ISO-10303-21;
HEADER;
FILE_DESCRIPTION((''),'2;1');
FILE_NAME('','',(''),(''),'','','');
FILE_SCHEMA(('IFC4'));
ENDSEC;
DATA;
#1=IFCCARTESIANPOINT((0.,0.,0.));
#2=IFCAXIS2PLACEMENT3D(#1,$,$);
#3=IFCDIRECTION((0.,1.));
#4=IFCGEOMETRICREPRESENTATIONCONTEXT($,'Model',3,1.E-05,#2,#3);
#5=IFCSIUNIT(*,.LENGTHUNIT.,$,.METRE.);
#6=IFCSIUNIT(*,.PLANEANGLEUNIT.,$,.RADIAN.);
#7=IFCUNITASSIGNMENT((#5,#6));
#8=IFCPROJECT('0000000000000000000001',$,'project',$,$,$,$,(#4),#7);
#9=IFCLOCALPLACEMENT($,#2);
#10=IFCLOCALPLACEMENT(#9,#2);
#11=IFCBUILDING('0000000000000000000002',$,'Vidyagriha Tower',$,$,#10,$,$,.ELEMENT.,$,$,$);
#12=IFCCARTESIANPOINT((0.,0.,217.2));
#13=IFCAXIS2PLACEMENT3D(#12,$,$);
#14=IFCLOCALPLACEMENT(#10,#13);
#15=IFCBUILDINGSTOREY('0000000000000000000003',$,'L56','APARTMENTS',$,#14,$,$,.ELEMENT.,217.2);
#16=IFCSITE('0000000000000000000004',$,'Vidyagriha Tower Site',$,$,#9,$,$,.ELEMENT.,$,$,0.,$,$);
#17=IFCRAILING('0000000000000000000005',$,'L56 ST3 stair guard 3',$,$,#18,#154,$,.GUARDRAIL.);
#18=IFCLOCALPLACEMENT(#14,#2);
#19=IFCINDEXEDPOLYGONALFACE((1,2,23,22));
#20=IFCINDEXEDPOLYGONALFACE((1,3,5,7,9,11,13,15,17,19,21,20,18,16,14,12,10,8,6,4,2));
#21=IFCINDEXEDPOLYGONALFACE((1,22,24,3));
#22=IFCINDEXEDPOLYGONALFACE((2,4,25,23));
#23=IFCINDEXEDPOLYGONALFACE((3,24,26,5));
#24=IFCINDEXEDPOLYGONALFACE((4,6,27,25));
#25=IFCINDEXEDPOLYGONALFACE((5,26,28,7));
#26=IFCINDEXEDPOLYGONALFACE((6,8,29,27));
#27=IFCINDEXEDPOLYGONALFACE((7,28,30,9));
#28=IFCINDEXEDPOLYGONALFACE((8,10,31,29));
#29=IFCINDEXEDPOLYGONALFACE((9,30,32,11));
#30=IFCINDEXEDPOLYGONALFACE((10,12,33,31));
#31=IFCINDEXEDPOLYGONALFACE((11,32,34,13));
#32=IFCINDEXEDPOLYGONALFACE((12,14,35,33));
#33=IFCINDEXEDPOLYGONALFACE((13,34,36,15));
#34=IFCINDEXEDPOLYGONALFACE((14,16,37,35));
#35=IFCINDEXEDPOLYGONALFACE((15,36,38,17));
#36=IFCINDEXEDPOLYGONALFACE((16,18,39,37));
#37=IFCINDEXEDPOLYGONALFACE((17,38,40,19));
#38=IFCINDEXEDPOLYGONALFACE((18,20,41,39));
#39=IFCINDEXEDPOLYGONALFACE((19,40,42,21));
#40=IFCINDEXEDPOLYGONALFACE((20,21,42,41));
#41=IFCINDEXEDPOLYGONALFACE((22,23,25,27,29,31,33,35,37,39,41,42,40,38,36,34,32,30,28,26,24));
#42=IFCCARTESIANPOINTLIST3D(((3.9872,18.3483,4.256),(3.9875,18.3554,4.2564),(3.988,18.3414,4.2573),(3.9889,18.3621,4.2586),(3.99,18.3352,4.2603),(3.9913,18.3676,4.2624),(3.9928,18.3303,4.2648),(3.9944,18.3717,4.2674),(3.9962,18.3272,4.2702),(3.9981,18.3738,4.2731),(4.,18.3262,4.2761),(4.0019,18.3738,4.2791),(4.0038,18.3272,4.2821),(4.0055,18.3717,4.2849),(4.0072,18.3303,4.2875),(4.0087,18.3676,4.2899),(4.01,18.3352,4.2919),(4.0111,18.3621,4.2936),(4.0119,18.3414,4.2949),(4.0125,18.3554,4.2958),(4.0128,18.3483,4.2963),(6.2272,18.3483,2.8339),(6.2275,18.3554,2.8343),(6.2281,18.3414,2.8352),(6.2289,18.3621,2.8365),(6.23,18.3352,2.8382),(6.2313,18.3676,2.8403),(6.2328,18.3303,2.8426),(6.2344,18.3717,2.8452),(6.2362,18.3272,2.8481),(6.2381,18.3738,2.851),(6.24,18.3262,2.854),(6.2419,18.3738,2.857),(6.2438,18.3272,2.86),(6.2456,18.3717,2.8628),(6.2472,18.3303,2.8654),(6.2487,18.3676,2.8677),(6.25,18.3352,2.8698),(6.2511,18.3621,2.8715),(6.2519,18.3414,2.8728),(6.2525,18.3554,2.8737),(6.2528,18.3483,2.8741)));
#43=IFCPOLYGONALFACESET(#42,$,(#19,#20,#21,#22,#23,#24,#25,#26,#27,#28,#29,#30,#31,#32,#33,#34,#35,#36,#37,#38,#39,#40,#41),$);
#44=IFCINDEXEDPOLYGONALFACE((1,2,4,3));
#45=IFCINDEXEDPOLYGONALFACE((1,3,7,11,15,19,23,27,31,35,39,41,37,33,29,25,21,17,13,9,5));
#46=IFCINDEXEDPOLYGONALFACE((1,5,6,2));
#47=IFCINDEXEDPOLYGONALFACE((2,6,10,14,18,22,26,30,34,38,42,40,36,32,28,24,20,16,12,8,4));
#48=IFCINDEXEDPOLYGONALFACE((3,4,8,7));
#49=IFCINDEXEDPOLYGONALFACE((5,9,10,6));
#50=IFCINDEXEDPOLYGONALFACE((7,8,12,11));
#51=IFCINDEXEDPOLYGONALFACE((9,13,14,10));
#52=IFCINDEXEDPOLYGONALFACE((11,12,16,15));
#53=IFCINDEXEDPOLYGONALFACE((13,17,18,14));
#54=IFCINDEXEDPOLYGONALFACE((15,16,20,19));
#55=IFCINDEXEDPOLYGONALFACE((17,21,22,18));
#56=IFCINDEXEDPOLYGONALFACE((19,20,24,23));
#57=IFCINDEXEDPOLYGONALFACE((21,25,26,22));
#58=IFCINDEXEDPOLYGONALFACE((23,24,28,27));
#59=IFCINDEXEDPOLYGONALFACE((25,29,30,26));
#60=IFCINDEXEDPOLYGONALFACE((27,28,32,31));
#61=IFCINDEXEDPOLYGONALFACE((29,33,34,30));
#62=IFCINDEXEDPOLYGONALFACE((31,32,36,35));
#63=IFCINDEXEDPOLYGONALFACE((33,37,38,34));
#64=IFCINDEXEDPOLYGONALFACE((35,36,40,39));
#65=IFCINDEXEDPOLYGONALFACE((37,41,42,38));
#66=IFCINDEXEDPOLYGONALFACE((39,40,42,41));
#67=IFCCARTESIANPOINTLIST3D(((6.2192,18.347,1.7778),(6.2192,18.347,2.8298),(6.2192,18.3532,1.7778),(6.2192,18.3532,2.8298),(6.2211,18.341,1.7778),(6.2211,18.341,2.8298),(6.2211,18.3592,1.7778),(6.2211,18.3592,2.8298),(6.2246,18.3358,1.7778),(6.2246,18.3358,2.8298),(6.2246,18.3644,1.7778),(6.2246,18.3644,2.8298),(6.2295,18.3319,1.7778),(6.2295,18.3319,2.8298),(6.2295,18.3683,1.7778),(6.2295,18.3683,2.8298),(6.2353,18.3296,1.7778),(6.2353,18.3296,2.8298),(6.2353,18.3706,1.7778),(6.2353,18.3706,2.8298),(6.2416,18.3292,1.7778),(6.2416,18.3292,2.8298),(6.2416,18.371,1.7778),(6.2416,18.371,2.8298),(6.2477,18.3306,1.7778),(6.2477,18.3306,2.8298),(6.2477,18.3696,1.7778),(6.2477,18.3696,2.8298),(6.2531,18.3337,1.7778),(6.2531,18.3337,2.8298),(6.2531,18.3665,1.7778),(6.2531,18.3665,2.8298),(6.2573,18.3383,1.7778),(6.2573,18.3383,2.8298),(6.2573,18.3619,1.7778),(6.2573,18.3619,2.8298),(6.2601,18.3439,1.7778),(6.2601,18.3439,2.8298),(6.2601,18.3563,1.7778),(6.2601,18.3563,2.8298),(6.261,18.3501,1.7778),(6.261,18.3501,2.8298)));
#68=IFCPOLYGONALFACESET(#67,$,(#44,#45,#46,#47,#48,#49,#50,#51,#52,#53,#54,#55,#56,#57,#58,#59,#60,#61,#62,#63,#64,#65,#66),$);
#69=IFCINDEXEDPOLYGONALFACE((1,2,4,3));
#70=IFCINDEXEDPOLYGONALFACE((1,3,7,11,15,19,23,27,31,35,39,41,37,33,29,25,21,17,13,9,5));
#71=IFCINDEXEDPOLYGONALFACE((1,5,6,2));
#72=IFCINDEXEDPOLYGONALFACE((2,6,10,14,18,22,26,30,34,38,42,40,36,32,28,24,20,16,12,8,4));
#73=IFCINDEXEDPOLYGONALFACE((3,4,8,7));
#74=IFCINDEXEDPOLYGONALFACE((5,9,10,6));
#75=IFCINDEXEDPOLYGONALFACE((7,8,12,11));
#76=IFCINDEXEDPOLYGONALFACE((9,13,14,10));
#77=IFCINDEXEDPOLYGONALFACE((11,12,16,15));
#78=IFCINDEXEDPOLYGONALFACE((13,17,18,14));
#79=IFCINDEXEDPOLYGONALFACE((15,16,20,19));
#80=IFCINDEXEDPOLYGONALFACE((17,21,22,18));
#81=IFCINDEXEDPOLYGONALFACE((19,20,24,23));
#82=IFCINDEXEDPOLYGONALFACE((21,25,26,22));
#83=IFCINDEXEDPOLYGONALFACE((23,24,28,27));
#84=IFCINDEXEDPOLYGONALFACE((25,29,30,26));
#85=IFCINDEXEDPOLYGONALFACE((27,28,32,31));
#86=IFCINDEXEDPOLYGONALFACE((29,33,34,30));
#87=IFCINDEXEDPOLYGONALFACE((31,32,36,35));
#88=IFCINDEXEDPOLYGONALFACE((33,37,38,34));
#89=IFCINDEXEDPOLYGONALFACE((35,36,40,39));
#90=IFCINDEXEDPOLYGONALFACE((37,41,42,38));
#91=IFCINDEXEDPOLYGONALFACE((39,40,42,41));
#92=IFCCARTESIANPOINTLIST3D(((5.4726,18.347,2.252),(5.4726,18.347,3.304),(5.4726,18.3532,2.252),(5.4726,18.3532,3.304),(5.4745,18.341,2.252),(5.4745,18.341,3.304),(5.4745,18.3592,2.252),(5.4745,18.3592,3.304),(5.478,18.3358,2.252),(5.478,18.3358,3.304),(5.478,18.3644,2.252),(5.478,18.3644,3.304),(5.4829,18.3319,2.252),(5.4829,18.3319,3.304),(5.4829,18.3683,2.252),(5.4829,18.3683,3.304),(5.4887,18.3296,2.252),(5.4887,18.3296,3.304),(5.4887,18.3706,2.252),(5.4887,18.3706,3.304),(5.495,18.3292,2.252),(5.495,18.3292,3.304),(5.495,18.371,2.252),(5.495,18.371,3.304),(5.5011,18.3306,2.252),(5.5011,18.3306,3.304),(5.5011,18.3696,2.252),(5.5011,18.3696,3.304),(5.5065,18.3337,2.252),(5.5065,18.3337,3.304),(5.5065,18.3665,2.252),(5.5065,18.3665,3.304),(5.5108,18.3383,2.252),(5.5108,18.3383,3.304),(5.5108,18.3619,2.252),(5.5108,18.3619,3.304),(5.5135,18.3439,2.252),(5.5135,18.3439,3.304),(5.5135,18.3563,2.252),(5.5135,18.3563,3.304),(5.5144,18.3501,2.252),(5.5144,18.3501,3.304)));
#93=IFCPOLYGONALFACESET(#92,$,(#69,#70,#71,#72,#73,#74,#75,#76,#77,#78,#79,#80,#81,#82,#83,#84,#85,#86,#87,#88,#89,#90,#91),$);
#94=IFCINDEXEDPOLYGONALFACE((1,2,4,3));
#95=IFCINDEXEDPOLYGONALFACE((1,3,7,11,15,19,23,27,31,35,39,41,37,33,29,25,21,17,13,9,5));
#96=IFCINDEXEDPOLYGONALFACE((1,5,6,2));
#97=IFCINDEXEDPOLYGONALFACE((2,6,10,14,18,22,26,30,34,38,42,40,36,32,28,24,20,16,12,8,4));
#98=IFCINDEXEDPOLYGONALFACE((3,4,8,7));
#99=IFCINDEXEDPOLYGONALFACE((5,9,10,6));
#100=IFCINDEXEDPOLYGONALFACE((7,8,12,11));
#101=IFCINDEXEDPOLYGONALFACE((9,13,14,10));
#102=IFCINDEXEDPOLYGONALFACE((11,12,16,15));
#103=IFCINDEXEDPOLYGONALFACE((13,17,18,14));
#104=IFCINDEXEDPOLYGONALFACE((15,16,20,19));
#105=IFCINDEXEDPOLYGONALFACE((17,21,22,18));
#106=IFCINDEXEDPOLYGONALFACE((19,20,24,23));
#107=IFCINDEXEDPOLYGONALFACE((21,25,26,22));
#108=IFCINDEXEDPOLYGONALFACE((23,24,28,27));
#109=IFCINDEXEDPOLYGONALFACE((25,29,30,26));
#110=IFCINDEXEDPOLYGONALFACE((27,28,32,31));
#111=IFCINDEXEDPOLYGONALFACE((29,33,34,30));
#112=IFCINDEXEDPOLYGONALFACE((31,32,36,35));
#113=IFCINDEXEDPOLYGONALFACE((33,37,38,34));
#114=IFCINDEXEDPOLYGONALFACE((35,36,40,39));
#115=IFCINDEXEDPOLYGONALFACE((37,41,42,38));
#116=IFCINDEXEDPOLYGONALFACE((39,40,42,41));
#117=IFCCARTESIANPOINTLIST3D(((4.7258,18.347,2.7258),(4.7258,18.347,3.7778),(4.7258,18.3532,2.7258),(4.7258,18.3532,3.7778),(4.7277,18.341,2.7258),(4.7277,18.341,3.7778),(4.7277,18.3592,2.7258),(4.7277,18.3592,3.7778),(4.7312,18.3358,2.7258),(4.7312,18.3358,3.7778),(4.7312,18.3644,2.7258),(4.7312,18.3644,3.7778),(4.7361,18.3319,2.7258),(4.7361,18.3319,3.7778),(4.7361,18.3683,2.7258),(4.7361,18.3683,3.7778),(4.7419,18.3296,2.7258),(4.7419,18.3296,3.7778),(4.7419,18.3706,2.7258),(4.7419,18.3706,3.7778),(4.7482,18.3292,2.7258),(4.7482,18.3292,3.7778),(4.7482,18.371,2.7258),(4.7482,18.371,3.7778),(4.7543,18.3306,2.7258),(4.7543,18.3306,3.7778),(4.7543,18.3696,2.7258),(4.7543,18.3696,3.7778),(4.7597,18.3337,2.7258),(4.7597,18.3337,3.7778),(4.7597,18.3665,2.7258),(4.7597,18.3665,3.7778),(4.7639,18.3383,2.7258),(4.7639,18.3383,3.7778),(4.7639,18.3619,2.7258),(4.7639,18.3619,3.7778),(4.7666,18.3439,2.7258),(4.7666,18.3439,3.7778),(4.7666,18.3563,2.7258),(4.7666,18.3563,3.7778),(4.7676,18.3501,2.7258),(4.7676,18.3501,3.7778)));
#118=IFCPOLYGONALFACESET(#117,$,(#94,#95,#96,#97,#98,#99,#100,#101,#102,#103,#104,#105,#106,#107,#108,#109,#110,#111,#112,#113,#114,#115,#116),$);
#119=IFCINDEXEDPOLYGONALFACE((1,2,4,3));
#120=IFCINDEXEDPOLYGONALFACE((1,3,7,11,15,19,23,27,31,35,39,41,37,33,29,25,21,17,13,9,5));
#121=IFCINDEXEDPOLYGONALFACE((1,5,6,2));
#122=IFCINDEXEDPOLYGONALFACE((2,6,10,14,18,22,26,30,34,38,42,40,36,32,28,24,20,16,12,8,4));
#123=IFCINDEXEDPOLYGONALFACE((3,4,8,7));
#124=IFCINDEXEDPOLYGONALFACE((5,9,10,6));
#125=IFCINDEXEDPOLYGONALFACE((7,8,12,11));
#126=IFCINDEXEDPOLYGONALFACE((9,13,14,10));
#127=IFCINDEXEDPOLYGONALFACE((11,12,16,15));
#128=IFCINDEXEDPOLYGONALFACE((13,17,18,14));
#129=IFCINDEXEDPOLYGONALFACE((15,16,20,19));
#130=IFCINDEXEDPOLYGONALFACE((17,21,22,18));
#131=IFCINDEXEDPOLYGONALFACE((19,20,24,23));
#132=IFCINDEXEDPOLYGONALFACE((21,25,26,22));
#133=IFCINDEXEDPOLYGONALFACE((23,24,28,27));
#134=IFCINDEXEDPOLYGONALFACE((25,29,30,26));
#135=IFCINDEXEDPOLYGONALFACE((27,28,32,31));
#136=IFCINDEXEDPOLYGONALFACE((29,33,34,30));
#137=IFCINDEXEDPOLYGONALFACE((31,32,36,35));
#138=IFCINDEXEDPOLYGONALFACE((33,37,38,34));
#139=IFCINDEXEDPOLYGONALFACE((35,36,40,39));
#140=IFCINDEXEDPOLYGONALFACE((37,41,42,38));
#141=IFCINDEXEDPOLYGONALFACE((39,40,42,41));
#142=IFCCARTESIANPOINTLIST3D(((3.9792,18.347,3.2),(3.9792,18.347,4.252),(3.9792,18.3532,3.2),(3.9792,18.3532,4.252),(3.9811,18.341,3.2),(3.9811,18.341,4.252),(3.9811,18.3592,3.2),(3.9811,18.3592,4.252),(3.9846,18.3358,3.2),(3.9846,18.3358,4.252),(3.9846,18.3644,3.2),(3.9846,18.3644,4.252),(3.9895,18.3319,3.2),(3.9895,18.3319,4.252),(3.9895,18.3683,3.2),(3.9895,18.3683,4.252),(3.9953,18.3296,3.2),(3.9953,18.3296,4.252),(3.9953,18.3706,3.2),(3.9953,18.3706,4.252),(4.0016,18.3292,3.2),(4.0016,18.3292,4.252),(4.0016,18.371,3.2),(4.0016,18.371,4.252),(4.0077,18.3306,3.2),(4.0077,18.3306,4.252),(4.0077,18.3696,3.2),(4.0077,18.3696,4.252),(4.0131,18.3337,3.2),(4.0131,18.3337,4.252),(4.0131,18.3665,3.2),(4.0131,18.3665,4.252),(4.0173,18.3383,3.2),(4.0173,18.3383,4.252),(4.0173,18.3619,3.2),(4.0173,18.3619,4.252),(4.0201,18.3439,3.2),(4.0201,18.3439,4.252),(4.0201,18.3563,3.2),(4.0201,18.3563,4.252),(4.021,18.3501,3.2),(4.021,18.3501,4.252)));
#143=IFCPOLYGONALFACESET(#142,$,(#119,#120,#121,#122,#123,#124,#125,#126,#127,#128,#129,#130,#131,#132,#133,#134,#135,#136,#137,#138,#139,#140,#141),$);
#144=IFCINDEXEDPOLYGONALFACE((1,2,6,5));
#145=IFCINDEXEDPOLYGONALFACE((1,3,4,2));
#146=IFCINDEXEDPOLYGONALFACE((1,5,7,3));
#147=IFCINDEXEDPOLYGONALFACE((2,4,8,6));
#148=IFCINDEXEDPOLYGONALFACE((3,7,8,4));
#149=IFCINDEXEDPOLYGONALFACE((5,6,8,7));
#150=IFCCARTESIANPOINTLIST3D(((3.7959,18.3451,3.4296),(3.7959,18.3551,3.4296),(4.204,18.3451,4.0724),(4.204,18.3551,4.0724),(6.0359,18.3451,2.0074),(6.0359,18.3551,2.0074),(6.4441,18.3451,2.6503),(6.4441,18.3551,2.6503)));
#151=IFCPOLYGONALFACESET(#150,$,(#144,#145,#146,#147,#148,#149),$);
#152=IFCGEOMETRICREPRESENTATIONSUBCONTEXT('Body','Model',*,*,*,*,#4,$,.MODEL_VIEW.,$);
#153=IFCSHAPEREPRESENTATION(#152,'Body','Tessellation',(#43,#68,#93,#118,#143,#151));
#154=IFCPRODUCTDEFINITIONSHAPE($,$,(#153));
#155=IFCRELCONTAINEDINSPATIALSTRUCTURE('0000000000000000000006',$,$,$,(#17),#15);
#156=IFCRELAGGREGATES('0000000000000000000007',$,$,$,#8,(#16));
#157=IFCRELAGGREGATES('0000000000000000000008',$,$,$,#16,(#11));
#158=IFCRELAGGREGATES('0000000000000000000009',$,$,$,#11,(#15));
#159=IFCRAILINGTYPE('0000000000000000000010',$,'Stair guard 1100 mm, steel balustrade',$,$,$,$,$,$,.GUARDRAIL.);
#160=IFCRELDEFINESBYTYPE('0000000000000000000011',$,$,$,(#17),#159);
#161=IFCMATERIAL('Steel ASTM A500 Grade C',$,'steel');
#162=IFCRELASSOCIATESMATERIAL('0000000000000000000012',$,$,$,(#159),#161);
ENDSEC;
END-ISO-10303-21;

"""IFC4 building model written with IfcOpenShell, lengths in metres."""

from ifc_helpers import new_model, si_unit, direction, frame, origin, origin_2d, place, context, subcontext, project, spatial, rectangle, circle, extrude, material, type_object, element, save


model = new_model("IFC4")

# Units and contexts
model_context = context("Model", 3, precision=1e-05, world=origin(), true_north=direction((0.0, 1.0)))
body_context = subcontext(model_context, "Body", "Model", "MODEL_VIEW")
ifc_project = project(units=[si_unit("LENGTHUNIT", "METRE"), si_unit("PLANEANGLEUNIT", "RADIAN")], contexts=[model_context])

# Site, building, storey
site_placement = place(None, origin())
site = spatial("IfcSite", under=ifc_project, at=site_placement, Name="Vidyagriha Tower Site", CompositionType="ELEMENT", RefElevation=0.0)
building_placement = place(site_placement, origin())
building = spatial("IfcBuilding", under=site, at=building_placement, Name="Vidyagriha Tower", CompositionType="ELEMENT")
storey_placement = place(building_placement, frame((0.0, 0.0, 217.2)))
storey = spatial("IfcBuildingStorey", under=building, at=storey_placement, Name="L56", Description="APARTMENTS", CompositionType="ELEMENT", Elevation=217.2)

# Railing
ifc_material_1 = material(Name="Steel ASTM A500 Grade C", Category="steel")
railing_type_1 = type_object("IfcRailingType", Name="Stair guard 1100 mm, steel balustrade", PredefinedType="GUARDRAIL", material=ifc_material_1)
railing_1_placement = place(storey_placement, frame((6.24, 18.3501, 1.7778)))
element("IfcRailing", 1, at=railing_1_placement, inside=storey, type_object=railing_type_1, Name="L56 ST3 stair guard 3", PredefinedType="GUARDRAIL", context=body_context, shape_type="SweptSolid", body=[
    extrude(circle(Radius=0.0239, at=origin_2d()), frame((0.0, 0.0, 1.0762), z_axis=(-0.844229, 0.0, 0.535982), x_axis=(0.0, -1.0, 0.0)), (0.0, 0.0, 1.0), 2.6533),
    extrude(circle(Radius=0.021, at=origin_2d()), origin(), (0.0, 0.0, 1.0), 1.052),
    extrude(circle(Radius=0.021, at=origin_2d()), frame((-0.7466, 0.0, 0.4741)), (0.0, 0.0, 1.0), 1.052),
    extrude(circle(Radius=0.021, at=origin_2d()), frame((-1.4934, 0.0, 0.948)), (0.0, 0.0, 1.0), 1.052),
    extrude(circle(Radius=0.021, at=origin_2d()), frame((-2.24, 0.0, 1.4221)), (0.0, 0.0, 1.0), 1.052),
    extrude(rectangle(XDim=0.01, YDim=0.7615, at=origin_2d()), frame((0.0, 0.0, 0.551), z_axis=(-0.844229, 0.0, 0.535982), x_axis=(0.0, -1.0, 0.0)), (0.0, 0.0, 1.0), 2.6533),
])

save(model, "model.ifc")
